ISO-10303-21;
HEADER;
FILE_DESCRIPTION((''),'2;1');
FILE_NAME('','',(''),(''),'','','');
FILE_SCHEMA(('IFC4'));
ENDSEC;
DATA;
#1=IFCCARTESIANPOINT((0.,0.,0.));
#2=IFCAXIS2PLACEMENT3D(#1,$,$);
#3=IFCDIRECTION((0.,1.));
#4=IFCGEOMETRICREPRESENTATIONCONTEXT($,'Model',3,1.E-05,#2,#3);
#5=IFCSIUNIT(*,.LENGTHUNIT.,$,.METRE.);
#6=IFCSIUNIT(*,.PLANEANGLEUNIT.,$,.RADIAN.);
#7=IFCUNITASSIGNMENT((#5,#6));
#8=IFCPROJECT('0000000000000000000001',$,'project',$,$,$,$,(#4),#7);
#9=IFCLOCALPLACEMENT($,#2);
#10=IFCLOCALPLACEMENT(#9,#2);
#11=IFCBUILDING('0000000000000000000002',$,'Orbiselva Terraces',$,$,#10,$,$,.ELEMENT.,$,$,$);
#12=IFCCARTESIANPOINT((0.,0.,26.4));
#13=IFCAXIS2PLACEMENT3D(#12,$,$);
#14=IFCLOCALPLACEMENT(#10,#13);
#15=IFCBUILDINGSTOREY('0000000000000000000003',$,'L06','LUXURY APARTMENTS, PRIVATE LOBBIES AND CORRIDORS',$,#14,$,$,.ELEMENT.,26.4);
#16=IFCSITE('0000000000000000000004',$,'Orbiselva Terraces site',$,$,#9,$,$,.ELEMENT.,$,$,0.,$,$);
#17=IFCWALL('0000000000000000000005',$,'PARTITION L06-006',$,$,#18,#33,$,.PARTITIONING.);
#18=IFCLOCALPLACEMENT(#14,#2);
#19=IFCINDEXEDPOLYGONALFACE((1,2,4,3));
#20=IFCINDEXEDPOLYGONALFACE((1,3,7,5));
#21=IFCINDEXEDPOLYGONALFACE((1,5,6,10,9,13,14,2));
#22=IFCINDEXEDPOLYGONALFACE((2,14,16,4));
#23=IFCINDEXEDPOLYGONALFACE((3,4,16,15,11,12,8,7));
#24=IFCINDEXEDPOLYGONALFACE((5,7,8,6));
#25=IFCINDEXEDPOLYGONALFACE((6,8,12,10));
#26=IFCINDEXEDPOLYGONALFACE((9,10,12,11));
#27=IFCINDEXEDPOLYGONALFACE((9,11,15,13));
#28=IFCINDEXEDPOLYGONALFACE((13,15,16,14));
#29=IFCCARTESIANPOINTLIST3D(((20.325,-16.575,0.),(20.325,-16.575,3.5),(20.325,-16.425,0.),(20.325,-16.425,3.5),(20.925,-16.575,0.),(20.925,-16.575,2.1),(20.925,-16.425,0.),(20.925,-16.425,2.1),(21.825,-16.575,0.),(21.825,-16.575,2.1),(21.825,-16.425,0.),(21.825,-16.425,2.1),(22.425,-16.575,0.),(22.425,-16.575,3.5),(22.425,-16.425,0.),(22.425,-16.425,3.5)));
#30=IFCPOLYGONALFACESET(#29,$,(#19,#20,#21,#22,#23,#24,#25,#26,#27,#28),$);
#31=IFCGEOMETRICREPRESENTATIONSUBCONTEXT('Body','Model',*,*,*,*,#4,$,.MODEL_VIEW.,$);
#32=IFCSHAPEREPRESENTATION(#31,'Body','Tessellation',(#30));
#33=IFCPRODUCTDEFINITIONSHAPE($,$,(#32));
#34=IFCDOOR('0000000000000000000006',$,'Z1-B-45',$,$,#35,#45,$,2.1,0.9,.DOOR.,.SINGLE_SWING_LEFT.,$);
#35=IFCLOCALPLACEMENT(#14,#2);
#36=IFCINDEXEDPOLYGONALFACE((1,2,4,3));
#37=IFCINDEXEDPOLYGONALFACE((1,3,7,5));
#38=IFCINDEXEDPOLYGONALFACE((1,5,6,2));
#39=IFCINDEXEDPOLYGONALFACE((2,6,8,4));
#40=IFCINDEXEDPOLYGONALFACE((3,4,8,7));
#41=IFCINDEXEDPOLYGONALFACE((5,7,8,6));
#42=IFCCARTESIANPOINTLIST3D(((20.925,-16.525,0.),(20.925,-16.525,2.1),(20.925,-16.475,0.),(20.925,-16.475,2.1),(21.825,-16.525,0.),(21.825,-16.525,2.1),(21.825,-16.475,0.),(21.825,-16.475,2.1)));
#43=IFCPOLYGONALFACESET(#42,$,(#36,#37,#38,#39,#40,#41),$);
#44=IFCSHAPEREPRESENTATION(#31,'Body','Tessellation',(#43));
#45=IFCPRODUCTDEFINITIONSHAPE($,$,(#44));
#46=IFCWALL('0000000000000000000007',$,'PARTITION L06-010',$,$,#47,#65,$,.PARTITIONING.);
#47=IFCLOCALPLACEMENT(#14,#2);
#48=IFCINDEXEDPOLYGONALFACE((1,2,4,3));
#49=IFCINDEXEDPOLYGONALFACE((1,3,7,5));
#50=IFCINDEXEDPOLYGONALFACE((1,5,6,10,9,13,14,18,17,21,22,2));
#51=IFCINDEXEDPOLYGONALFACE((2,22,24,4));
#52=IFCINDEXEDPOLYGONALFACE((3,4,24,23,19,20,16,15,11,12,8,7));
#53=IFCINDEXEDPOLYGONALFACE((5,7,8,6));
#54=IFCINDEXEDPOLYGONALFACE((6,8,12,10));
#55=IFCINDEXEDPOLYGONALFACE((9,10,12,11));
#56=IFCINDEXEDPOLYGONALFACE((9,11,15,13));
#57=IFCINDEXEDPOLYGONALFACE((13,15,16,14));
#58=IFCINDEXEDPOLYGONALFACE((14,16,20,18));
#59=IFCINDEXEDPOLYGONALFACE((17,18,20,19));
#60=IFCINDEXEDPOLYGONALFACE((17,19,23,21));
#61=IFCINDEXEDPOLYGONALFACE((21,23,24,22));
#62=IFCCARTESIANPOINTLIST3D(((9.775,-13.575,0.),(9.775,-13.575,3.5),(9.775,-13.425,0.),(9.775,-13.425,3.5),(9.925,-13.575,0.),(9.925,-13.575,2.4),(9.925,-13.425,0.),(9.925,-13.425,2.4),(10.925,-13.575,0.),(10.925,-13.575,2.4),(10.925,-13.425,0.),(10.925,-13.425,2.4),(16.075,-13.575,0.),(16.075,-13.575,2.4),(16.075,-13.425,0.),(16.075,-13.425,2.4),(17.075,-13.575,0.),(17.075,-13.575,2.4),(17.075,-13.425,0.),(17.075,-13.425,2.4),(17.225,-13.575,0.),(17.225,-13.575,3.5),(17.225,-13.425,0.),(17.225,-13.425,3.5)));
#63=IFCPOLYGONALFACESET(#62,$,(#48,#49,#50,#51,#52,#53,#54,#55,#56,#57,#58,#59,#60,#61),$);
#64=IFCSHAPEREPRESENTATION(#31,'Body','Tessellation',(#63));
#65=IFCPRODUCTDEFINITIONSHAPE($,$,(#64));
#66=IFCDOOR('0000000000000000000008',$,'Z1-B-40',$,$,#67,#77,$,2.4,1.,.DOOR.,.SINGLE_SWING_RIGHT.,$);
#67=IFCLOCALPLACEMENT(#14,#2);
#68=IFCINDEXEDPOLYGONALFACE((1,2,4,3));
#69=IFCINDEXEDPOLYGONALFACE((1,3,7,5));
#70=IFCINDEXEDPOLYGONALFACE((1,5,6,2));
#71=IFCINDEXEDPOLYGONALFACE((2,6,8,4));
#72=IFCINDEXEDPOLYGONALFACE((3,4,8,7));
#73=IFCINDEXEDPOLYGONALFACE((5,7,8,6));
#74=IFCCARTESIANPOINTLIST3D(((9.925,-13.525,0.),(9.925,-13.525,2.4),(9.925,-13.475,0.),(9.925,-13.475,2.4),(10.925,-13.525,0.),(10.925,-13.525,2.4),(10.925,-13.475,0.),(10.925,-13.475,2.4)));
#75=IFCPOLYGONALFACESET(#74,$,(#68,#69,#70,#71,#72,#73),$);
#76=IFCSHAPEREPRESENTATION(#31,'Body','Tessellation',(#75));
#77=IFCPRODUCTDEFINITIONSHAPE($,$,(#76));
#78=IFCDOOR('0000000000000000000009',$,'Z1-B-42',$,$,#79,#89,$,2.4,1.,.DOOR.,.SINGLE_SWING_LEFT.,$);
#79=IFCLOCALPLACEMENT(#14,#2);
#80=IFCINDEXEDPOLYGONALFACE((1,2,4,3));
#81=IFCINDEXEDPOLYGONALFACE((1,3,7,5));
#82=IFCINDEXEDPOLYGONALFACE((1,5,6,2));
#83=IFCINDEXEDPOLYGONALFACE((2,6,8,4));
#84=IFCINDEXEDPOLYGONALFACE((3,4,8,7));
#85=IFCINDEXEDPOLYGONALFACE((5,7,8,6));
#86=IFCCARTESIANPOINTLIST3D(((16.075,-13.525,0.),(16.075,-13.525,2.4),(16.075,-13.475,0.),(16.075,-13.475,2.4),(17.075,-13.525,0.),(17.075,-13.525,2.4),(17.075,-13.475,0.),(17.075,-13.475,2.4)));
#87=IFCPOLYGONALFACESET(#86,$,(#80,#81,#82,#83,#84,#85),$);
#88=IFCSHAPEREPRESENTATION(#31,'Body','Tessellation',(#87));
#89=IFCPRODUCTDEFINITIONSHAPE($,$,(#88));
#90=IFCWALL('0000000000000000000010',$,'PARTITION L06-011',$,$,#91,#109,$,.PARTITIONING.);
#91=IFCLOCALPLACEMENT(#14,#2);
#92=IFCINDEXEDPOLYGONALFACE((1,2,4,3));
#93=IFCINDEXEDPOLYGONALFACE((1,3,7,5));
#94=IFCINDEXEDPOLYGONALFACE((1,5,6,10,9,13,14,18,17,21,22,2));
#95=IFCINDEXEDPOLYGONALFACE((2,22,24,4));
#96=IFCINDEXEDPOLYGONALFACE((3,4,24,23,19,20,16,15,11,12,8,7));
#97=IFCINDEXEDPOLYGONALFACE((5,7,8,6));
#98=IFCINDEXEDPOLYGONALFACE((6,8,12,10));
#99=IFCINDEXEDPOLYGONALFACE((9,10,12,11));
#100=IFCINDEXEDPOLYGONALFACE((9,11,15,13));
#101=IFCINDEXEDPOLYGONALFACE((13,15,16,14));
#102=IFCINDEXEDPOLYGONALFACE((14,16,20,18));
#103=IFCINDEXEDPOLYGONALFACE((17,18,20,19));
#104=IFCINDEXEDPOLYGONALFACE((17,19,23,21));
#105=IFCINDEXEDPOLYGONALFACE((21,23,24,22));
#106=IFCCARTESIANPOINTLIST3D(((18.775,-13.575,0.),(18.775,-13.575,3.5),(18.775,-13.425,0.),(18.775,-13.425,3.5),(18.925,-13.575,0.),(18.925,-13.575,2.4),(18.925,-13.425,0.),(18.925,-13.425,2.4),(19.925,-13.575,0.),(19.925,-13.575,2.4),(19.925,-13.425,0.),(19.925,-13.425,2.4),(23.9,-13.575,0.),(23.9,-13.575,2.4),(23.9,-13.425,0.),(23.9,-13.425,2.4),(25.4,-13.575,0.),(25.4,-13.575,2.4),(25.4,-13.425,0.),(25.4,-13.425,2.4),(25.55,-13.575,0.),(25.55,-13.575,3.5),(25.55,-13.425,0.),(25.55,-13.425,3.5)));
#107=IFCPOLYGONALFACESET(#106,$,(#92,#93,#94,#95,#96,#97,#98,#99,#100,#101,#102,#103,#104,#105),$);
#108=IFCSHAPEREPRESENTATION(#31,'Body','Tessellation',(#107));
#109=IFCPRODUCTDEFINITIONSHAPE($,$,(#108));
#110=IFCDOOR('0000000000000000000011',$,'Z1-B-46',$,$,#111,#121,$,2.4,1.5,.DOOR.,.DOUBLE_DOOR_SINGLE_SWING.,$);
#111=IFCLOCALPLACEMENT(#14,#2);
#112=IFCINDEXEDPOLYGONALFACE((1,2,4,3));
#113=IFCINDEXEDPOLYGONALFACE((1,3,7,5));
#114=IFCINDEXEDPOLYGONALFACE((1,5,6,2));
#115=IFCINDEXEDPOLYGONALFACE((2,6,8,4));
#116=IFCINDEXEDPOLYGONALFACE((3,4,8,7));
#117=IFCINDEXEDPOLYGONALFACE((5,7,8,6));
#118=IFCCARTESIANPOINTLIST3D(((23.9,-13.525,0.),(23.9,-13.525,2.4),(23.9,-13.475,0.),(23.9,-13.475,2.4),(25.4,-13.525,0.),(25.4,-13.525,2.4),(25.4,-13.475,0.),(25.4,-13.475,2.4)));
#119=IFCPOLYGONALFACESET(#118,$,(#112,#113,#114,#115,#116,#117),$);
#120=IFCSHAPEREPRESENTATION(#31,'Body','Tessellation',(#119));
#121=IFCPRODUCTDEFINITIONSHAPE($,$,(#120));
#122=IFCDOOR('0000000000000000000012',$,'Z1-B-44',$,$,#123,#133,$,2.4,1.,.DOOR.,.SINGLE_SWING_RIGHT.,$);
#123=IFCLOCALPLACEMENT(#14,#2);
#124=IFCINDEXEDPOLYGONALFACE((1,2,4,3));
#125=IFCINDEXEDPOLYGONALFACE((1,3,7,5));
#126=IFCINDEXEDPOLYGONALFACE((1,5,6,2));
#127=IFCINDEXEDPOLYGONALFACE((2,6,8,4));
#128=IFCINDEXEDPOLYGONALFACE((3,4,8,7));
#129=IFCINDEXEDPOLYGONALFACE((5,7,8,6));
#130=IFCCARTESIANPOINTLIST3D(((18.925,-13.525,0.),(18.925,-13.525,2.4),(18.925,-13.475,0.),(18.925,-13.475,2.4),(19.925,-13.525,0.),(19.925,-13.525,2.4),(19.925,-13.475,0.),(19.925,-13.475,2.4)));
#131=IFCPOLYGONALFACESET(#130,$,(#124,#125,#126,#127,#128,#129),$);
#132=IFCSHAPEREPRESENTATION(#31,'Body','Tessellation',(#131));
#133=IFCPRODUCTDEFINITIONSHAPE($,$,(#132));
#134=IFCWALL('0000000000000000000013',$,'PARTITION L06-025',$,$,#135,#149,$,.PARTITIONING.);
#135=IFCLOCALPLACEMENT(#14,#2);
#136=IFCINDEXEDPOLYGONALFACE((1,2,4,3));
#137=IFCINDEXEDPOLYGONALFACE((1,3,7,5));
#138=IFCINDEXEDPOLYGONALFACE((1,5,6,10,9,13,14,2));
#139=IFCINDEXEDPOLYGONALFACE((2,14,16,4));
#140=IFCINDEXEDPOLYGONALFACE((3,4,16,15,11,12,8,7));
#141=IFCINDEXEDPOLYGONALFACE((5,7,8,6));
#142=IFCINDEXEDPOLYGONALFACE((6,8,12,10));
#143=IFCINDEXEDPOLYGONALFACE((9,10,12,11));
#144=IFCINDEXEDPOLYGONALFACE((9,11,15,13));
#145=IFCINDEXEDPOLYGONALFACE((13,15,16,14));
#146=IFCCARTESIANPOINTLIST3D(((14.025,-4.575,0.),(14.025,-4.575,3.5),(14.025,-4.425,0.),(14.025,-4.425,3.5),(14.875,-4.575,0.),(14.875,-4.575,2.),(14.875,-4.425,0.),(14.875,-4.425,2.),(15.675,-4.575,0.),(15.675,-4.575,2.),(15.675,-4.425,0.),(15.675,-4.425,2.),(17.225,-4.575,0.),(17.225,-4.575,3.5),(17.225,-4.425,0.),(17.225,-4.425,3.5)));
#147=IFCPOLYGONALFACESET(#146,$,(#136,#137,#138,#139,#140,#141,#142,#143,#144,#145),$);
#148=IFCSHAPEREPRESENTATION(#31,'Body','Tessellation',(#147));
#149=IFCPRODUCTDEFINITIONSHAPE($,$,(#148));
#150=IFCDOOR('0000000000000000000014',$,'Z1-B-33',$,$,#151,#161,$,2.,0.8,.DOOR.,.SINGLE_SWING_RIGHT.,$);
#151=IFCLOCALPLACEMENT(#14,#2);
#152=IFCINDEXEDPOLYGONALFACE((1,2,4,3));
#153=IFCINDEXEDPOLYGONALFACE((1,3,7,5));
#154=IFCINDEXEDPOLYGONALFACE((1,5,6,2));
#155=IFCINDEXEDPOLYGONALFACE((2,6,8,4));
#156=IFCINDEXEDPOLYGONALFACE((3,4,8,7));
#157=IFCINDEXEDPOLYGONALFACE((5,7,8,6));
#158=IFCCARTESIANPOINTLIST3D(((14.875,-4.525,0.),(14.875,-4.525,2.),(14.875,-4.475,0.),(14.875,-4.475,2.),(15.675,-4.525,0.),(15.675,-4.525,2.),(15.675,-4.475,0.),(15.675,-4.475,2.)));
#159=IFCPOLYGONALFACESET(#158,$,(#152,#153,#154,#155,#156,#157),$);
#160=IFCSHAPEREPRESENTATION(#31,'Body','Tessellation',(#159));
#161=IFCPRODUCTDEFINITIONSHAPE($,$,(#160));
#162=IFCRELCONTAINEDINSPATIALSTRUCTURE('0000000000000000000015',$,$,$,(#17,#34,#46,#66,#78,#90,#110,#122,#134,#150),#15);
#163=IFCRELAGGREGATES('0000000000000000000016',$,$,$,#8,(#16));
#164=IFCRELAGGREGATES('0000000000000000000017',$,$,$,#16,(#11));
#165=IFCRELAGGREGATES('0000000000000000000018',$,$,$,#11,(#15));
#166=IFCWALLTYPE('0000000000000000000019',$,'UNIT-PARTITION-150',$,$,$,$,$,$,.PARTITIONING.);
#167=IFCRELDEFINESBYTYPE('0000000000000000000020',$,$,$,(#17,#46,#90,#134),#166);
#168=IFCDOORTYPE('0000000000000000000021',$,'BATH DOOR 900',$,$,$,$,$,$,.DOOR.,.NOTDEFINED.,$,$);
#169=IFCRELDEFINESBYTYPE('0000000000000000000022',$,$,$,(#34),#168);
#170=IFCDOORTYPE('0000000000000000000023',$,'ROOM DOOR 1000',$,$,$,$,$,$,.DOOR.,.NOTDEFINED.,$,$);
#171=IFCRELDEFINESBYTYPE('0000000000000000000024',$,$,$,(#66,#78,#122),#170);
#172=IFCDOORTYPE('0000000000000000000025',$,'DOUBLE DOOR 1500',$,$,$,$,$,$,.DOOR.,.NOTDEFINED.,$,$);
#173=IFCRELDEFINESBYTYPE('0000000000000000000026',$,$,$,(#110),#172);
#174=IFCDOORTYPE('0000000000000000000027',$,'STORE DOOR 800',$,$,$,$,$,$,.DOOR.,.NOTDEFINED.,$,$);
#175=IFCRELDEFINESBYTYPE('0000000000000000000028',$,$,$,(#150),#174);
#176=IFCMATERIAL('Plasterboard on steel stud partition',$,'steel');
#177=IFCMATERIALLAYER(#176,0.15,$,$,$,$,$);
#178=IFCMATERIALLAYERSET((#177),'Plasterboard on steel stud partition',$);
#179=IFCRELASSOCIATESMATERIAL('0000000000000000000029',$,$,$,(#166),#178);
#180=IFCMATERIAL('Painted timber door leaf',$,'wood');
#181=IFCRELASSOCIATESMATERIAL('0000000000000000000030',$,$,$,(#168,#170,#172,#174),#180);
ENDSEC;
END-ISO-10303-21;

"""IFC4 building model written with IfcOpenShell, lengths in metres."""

from ifc_helpers import new_model, si_unit, direction, frame, frame_2d, origin, place, context, subcontext, project, spatial, rectangle, extrude, material, layer, layer_set, type_object, element, fill, save


model = new_model("IFC4")

# Units and contexts
model_context = context("Model", 3, precision=1e-05, world=origin(), true_north=direction((0.0, 1.0)))
body_context = subcontext(model_context, "Body", "Model", "MODEL_VIEW")
ifc_project = project(units=[si_unit("LENGTHUNIT", "METRE"), si_unit("PLANEANGLEUNIT", "RADIAN")], contexts=[model_context])

# Site, building, storey
site_placement = place(None, origin())
site = spatial("IfcSite", under=ifc_project, at=site_placement, Name="Orbiselva Terraces site", CompositionType="ELEMENT", RefElevation=0.0)
building_placement = place(site_placement, origin())
building = spatial("IfcBuilding", under=site, at=building_placement, Name="Orbiselva Terraces", CompositionType="ELEMENT")
storey_placement = place(building_placement, frame((0.0, 0.0, 26.4)))
storey = spatial("IfcBuildingStorey", under=building, at=storey_placement, Name="L06", Description="LUXURY APARTMENTS, PRIVATE LOBBIES AND CORRIDORS", CompositionType="ELEMENT", Elevation=26.4)

# Shared definitions
ifc_material_1 = material(Name="Plasterboard on steel stud partition", Category="steel")

# Wall, opening, door
ifc_layer_1 = layer(ifc_material_1, 0.15)
ifc_layer_set_1 = layer_set([ifc_layer_1], Name="Plasterboard on steel stud partition")
wall_type_1 = type_object("IfcWallType", Name="UNIT-PARTITION-150", PredefinedType="PARTITIONING", material=ifc_layer_set_1)
wall_1_placement = place(storey_placement, frame((20.325, -16.5, 0.0), z_axis=(0.0, 0.0, 1.0), x_axis=(1.0, 0.0, 0.0)))
wall_1 = element("IfcWall", 1, at=wall_1_placement, inside=storey, type_object=wall_type_1, Name="PARTITION L06-006", PredefinedType="PARTITIONING", context=body_context, shape_type="SweptSolid", body=[
    extrude(rectangle(XDim=2.1, YDim=0.15, at=frame_2d((1.05, 0.0))), origin(), (0.0, 0.0, 1.0), 3.5),
])
opening_1_placement = place(wall_1_placement, frame((0.6, 0.0, 0.0)))
opening_1 = element("IfcOpeningElement", 2, at=opening_1_placement, cuts=wall_1, PredefinedType="OPENING", context=body_context, shape_type="SweptSolid", body=[
    extrude(rectangle(XDim=0.9, YDim=2.1, at=frame_2d((0.45, 1.05))), frame((0.0, 0.085, 0.0), z_axis=(0.0, -1.0, 0.0), x_axis=(1.0, 0.0, 0.0)), (0.0, 0.0, 1.0), 0.17),
])
ifc_material_2 = material(Name="Painted timber door leaf", Category="wood")
door_type_1 = type_object("IfcDoorType", Name="BATH DOOR 900", OperationType="NOTDEFINED", PredefinedType="DOOR", material=ifc_material_2)
door_1_placement = place(opening_1_placement, origin())
door_1 = element("IfcDoor", 3, at=door_1_placement, inside=storey, type_object=door_type_1, Name="Z1-B-45", OperationType="SINGLE_SWING_LEFT", OverallHeight=2.1, OverallWidth=0.9, PredefinedType="DOOR", context=body_context, shape_type="SweptSolid", body=[
    extrude(rectangle(XDim=0.9, YDim=2.1, at=frame_2d((0.45, 1.05))), frame((0.0, 0.025, 0.0), z_axis=(0.0, -1.0, 0.0), x_axis=(1.0, 0.0, 0.0)), (0.0, 0.0, 1.0), 0.05),
])
fill(opening_1, door_1)

# Walls, openings, doors
wall_2_placement = place(storey_placement, frame((17.225, -13.5, 0.0), z_axis=(0.0, 0.0, 1.0), x_axis=(-1.0, 0.0, 0.0)))
wall_2 = element("IfcWall", 4, at=wall_2_placement, inside=storey, type_object=wall_type_1, Name="PARTITION L06-010", PredefinedType="PARTITIONING", context=body_context, shape_type="SweptSolid", body=[
    extrude(rectangle(XDim=7.45, YDim=0.15, at=frame_2d((3.725, 0.0))), origin(), (0.0, 0.0, 1.0), 3.5),
])
opening_2_placement = place(wall_2_placement, frame((6.3, 0.0, 0.0)))
opening_2 = element("IfcOpeningElement", 5, at=opening_2_placement, cuts=wall_2, PredefinedType="OPENING", context=body_context, shape_type="SweptSolid", body=[
    extrude(rectangle(XDim=1.0, YDim=2.4, at=frame_2d((0.5, 1.2))), frame((0.0, 0.085, 0.0), z_axis=(0.0, -1.0, 0.0), x_axis=(1.0, 0.0, 0.0)), (0.0, 0.0, 1.0), 0.17),
])
opening_3_placement = place(wall_2_placement, frame((0.15, 0.0, 0.0)))
opening_3 = element("IfcOpeningElement", 6, at=opening_3_placement, cuts=wall_2, PredefinedType="OPENING", context=body_context, shape_type="SweptSolid", body=[
    extrude(rectangle(XDim=1.0, YDim=2.4, at=frame_2d((0.5, 1.2))), frame((0.0, 0.085, 0.0), z_axis=(0.0, -1.0, 0.0), x_axis=(1.0, 0.0, 0.0)), (0.0, 0.0, 1.0), 0.17),
])
door_type_2 = type_object("IfcDoorType", Name="ROOM DOOR 1000", OperationType="NOTDEFINED", PredefinedType="DOOR", material=ifc_material_2)
door_2_placement = place(opening_2_placement, origin())
door_2 = element("IfcDoor", 7, at=door_2_placement, inside=storey, type_object=door_type_2, Name="Z1-B-40", OperationType="SINGLE_SWING_RIGHT", OverallHeight=2.4, OverallWidth=1.0, PredefinedType="DOOR", context=body_context, shape_type="SweptSolid", body=[
    extrude(rectangle(XDim=1.0, YDim=2.4, at=frame_2d((0.5, 1.2))), frame((0.0, 0.025, 0.0), z_axis=(0.0, -1.0, 0.0), x_axis=(1.0, 0.0, 0.0)), (0.0, 0.0, 1.0), 0.05),
])
fill(opening_2, door_2)
door_3_placement = place(opening_3_placement, origin())
door_3 = element("IfcDoor", 8, at=door_3_placement, inside=storey, type_object=door_type_2, Name="Z1-B-42", OperationType="SINGLE_SWING_LEFT", OverallHeight=2.4, OverallWidth=1.0, PredefinedType="DOOR", context=body_context, shape_type="SweptSolid", body=[
    extrude(rectangle(XDim=1.0, YDim=2.4, at=frame_2d((0.5, 1.2))), frame((0.0, 0.025, 0.0), z_axis=(0.0, -1.0, 0.0), x_axis=(1.0, 0.0, 0.0)), (0.0, 0.0, 1.0), 0.05),
])
fill(opening_3, door_3)
wall_3_placement = place(storey_placement, frame((25.55, -13.5, 0.0), z_axis=(0.0, 0.0, 1.0), x_axis=(-1.0, 0.0, 0.0)))
wall_3 = element("IfcWall", 9, at=wall_3_placement, inside=storey, type_object=wall_type_1, Name="PARTITION L06-011", PredefinedType="PARTITIONING", context=body_context, shape_type="SweptSolid", body=[
    extrude(rectangle(XDim=6.775, YDim=0.15, at=frame_2d((3.3875, 0.0))), origin(), (0.0, 0.0, 1.0), 3.5),
])
opening_4_placement = place(wall_3_placement, frame((5.625, 0.0, 0.0)))
opening_4 = element("IfcOpeningElement", 10, at=opening_4_placement, cuts=wall_3, PredefinedType="OPENING", context=body_context, shape_type="SweptSolid", body=[
    extrude(rectangle(XDim=1.0, YDim=2.4, at=frame_2d((0.5, 1.2))), frame((0.0, 0.085, 0.0), z_axis=(0.0, -1.0, 0.0), x_axis=(1.0, 0.0, 0.0)), (0.0, 0.0, 1.0), 0.17),
])
opening_5_placement = place(wall_3_placement, frame((0.15, 0.0, 0.0)))
opening_5 = element("IfcOpeningElement", 11, at=opening_5_placement, cuts=wall_3, PredefinedType="OPENING", context=body_context, shape_type="SweptSolid", body=[
    extrude(rectangle(XDim=1.5, YDim=2.4, at=frame_2d((0.75, 1.2))), frame((0.0, 0.085, 0.0), z_axis=(0.0, -1.0, 0.0), x_axis=(1.0, 0.0, 0.0)), (0.0, 0.0, 1.0), 0.17),
])
door_type_3 = type_object("IfcDoorType", Name="DOUBLE DOOR 1500", OperationType="NOTDEFINED", PredefinedType="DOOR", material=ifc_material_2)
door_4_placement = place(opening_5_placement, origin())
door_4 = element("IfcDoor", 12, at=door_4_placement, inside=storey, type_object=door_type_3, Name="Z1-B-46", OperationType="DOUBLE_DOOR_SINGLE_SWING", OverallHeight=2.4, OverallWidth=1.5, PredefinedType="DOOR", context=body_context, shape_type="SweptSolid", body=[
    extrude(rectangle(XDim=1.5, YDim=2.4, at=frame_2d((0.75, 1.2))), frame((0.0, 0.025, 0.0), z_axis=(0.0, -1.0, 0.0), x_axis=(1.0, 0.0, 0.0)), (0.0, 0.0, 1.0), 0.05),
])
fill(opening_5, door_4)
door_5_placement = place(opening_4_placement, origin())
door_5 = element("IfcDoor", 13, at=door_5_placement, inside=storey, type_object=door_type_2, Name="Z1-B-44", OperationType="SINGLE_SWING_RIGHT", OverallHeight=2.4, OverallWidth=1.0, PredefinedType="DOOR", context=body_context, shape_type="SweptSolid", body=[
    extrude(rectangle(XDim=1.0, YDim=2.4, at=frame_2d((0.5, 1.2))), frame((0.0, 0.025, 0.0), z_axis=(0.0, -1.0, 0.0), x_axis=(1.0, 0.0, 0.0)), (0.0, 0.0, 1.0), 0.05),
])
fill(opening_4, door_5)

# Wall, opening, door
wall_4_placement = place(storey_placement, frame((17.225, -4.5, 0.0), z_axis=(0.0, 0.0, 1.0), x_axis=(-1.0, 0.0, 0.0)))
wall_4 = element("IfcWall", 14, at=wall_4_placement, inside=storey, type_object=wall_type_1, Name="PARTITION L06-025", PredefinedType="PARTITIONING", context=body_context, shape_type="SweptSolid", body=[
    extrude(rectangle(XDim=3.2, YDim=0.15, at=frame_2d((1.6, 0.0))), origin(), (0.0, 0.0, 1.0), 3.5),
])
opening_6_placement = place(wall_4_placement, frame((1.55, 0.0, 0.0)))
opening_6 = element("IfcOpeningElement", 15, at=opening_6_placement, cuts=wall_4, PredefinedType="OPENING", context=body_context, shape_type="SweptSolid", body=[
    extrude(rectangle(XDim=0.8, YDim=2.0, at=frame_2d((0.4, 1.0))), frame((0.0, 0.085, 0.0), z_axis=(0.0, -1.0, 0.0), x_axis=(1.0, 0.0, 0.0)), (0.0, 0.0, 1.0), 0.17),
])
door_type_4 = type_object("IfcDoorType", Name="STORE DOOR 800", OperationType="NOTDEFINED", PredefinedType="DOOR", material=ifc_material_2)
door_6_placement = place(opening_6_placement, origin())
door_6 = element("IfcDoor", 16, at=door_6_placement, inside=storey, type_object=door_type_4, Name="Z1-B-33", OperationType="SINGLE_SWING_RIGHT", OverallHeight=2.0, OverallWidth=0.8, PredefinedType="DOOR", context=body_context, shape_type="SweptSolid", body=[
    extrude(rectangle(XDim=0.8, YDim=2.0, at=frame_2d((0.4, 1.0))), frame((0.0, 0.025, 0.0), z_axis=(0.0, -1.0, 0.0), x_axis=(1.0, 0.0, 0.0)), (0.0, 0.0, 1.0), 0.05),
])
fill(opening_6, door_6)

save(model, "model.ifc")
